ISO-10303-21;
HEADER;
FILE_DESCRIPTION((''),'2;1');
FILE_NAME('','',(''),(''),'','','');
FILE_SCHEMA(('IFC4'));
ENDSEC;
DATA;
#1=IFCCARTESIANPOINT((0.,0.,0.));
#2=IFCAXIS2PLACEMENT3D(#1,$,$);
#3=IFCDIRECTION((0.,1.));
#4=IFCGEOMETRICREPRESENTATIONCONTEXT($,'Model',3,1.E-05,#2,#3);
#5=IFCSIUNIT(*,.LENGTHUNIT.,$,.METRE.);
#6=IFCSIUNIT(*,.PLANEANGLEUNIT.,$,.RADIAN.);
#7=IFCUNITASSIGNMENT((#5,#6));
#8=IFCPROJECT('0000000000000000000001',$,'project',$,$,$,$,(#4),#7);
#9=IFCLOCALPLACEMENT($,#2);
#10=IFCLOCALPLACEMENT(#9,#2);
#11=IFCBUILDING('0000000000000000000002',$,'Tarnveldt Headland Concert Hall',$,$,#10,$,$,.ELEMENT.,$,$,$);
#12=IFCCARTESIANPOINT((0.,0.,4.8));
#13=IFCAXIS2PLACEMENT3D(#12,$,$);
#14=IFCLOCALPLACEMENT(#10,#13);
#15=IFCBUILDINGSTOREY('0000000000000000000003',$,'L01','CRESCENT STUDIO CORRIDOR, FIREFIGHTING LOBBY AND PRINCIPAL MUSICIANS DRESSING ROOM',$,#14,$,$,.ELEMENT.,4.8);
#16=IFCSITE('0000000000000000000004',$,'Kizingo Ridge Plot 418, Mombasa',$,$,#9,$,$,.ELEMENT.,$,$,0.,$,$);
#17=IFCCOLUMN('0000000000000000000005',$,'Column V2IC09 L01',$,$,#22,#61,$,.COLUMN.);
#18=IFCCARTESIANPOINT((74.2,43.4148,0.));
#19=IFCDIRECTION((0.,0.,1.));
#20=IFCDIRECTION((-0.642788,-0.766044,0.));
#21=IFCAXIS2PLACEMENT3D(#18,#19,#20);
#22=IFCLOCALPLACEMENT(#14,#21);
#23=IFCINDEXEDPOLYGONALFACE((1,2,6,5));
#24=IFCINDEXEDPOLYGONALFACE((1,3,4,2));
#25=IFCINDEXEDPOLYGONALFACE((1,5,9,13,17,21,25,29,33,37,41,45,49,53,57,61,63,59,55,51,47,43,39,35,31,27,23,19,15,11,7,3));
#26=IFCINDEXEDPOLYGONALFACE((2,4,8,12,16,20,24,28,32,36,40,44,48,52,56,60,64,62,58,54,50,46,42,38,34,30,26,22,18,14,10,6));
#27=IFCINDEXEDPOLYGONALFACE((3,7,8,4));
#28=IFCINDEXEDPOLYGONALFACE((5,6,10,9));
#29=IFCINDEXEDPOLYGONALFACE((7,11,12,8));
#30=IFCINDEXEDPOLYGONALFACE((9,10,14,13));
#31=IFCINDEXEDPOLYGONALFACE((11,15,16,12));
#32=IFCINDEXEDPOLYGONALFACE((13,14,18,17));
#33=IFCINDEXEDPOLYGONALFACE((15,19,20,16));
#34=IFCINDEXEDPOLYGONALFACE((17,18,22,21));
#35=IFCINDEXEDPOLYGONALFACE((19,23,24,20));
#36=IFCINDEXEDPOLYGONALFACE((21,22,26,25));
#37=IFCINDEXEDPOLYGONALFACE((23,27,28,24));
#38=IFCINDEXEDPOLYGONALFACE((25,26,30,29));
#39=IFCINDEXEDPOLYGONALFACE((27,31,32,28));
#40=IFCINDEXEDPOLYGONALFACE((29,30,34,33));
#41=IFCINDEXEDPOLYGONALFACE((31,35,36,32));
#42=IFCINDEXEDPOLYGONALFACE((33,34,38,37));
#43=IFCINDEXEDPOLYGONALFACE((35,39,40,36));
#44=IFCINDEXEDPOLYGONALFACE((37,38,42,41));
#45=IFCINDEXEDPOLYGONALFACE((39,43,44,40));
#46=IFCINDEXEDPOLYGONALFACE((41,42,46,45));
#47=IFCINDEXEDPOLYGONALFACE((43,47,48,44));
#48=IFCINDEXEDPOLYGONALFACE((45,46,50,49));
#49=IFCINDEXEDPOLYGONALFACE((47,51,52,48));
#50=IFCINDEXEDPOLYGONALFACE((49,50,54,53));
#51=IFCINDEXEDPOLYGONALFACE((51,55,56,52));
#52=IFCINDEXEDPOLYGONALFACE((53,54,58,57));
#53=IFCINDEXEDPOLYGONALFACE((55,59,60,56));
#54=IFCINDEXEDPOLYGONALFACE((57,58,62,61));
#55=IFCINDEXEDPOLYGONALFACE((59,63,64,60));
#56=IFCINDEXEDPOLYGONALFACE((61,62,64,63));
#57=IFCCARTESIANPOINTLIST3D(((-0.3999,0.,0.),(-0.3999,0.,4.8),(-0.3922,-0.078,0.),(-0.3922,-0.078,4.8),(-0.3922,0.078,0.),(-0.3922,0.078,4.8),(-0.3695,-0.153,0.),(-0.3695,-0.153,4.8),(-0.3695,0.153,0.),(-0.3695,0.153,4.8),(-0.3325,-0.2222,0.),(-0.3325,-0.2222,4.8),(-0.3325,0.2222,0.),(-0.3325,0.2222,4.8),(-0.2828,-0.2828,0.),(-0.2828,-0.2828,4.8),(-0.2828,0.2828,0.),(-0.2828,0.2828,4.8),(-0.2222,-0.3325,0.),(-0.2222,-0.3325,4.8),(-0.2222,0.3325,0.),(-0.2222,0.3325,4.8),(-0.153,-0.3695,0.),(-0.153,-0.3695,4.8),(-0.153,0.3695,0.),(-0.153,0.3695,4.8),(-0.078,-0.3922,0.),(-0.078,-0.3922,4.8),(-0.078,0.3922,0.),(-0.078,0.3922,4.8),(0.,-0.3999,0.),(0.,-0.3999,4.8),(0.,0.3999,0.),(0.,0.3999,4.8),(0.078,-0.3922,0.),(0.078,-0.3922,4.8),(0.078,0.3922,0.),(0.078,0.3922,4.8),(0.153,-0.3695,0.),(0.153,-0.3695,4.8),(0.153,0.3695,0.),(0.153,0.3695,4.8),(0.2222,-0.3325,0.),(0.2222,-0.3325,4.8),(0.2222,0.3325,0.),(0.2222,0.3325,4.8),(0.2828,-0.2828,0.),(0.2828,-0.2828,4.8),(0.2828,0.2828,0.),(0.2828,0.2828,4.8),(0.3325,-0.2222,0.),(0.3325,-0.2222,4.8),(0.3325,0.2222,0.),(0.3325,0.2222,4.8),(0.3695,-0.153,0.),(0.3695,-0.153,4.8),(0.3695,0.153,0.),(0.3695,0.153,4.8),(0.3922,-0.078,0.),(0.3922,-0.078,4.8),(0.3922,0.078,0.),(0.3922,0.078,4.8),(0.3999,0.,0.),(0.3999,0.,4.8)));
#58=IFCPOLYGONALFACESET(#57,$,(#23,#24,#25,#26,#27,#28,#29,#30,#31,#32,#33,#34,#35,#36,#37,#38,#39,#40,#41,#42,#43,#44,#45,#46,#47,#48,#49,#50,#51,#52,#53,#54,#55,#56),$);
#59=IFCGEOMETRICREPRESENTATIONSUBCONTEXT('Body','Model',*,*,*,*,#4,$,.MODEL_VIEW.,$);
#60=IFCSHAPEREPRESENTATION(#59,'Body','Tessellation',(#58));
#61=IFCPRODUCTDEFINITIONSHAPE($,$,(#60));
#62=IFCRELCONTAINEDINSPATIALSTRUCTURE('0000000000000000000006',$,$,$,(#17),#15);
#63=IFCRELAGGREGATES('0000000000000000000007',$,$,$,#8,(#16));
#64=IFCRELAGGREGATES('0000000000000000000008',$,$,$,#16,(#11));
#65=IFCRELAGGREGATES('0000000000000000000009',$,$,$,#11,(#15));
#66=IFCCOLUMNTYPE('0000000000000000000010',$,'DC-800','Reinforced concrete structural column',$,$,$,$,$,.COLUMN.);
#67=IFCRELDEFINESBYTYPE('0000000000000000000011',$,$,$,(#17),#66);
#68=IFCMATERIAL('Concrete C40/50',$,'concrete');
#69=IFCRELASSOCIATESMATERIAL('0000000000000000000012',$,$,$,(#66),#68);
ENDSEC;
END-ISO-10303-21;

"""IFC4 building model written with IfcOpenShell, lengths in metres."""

from ifc_helpers import new_model, si_unit, direction, frame, origin, origin_2d, place, context, subcontext, project, spatial, circle, extrude, material, material_profile, profile_set, type_object, element, save


model = new_model("IFC4")

# Units and contexts
model_context = context("Model", 3, precision=1e-05, world=origin(), true_north=direction((0.0, 1.0)))
body_context = subcontext(model_context, "Body", "Model", "MODEL_VIEW")
ifc_project = project(units=[si_unit("LENGTHUNIT", "METRE"), si_unit("PLANEANGLEUNIT", "RADIAN")], contexts=[model_context])

# Site, building, storey
site_placement = place(None, origin())
site = spatial("IfcSite", under=ifc_project, at=site_placement, Name="Kizingo Ridge Plot 418, Mombasa", CompositionType="ELEMENT", RefElevation=0.0)
building_placement = place(site_placement, origin())
building = spatial("IfcBuilding", under=site, at=building_placement, Name="Tarnveldt Headland Concert Hall", CompositionType="ELEMENT")
storey_placement = place(building_placement, frame((0.0, 0.0, 4.8)))
storey = spatial("IfcBuildingStorey", under=building, at=storey_placement, Name="L01", Description="CRESCENT STUDIO CORRIDOR, FIREFIGHTING LOBBY AND PRINCIPAL MUSICIANS DRESSING ROOM", CompositionType="ELEMENT", Elevation=4.8)

# Column
ifc_material_1 = material(Name="Concrete C40/50", Category="concrete")
ifc_material_profile_1 = material_profile(ifc_material_1, circle(Radius=0.3999, at=origin_2d()), Name="RC D800", Category="concrete")
ifc_profile_set_1 = profile_set([ifc_material_profile_1], Name="Concrete C40/50")
column_type_1 = type_object("IfcColumnType", Name="DC-800", Description="Reinforced concrete structural column", PredefinedType="COLUMN", material=ifc_profile_set_1)
column_1_placement = place(storey_placement, frame((74.2, 43.4148, 0.0), z_axis=(0.0, 0.0, 1.0), x_axis=(-0.642788, -0.766044, 0.0)))
element("IfcColumn", 1, at=column_1_placement, inside=storey, type_object=column_type_1, Name="Column V2IC09 L01", PredefinedType="COLUMN", context=body_context, shape_type="SweptSolid", body=[
    extrude(circle(Radius=0.3999, at=origin_2d()), origin(), (0.0, 0.0, 1.0), 4.8),
])

save(model, "model.ifc")
